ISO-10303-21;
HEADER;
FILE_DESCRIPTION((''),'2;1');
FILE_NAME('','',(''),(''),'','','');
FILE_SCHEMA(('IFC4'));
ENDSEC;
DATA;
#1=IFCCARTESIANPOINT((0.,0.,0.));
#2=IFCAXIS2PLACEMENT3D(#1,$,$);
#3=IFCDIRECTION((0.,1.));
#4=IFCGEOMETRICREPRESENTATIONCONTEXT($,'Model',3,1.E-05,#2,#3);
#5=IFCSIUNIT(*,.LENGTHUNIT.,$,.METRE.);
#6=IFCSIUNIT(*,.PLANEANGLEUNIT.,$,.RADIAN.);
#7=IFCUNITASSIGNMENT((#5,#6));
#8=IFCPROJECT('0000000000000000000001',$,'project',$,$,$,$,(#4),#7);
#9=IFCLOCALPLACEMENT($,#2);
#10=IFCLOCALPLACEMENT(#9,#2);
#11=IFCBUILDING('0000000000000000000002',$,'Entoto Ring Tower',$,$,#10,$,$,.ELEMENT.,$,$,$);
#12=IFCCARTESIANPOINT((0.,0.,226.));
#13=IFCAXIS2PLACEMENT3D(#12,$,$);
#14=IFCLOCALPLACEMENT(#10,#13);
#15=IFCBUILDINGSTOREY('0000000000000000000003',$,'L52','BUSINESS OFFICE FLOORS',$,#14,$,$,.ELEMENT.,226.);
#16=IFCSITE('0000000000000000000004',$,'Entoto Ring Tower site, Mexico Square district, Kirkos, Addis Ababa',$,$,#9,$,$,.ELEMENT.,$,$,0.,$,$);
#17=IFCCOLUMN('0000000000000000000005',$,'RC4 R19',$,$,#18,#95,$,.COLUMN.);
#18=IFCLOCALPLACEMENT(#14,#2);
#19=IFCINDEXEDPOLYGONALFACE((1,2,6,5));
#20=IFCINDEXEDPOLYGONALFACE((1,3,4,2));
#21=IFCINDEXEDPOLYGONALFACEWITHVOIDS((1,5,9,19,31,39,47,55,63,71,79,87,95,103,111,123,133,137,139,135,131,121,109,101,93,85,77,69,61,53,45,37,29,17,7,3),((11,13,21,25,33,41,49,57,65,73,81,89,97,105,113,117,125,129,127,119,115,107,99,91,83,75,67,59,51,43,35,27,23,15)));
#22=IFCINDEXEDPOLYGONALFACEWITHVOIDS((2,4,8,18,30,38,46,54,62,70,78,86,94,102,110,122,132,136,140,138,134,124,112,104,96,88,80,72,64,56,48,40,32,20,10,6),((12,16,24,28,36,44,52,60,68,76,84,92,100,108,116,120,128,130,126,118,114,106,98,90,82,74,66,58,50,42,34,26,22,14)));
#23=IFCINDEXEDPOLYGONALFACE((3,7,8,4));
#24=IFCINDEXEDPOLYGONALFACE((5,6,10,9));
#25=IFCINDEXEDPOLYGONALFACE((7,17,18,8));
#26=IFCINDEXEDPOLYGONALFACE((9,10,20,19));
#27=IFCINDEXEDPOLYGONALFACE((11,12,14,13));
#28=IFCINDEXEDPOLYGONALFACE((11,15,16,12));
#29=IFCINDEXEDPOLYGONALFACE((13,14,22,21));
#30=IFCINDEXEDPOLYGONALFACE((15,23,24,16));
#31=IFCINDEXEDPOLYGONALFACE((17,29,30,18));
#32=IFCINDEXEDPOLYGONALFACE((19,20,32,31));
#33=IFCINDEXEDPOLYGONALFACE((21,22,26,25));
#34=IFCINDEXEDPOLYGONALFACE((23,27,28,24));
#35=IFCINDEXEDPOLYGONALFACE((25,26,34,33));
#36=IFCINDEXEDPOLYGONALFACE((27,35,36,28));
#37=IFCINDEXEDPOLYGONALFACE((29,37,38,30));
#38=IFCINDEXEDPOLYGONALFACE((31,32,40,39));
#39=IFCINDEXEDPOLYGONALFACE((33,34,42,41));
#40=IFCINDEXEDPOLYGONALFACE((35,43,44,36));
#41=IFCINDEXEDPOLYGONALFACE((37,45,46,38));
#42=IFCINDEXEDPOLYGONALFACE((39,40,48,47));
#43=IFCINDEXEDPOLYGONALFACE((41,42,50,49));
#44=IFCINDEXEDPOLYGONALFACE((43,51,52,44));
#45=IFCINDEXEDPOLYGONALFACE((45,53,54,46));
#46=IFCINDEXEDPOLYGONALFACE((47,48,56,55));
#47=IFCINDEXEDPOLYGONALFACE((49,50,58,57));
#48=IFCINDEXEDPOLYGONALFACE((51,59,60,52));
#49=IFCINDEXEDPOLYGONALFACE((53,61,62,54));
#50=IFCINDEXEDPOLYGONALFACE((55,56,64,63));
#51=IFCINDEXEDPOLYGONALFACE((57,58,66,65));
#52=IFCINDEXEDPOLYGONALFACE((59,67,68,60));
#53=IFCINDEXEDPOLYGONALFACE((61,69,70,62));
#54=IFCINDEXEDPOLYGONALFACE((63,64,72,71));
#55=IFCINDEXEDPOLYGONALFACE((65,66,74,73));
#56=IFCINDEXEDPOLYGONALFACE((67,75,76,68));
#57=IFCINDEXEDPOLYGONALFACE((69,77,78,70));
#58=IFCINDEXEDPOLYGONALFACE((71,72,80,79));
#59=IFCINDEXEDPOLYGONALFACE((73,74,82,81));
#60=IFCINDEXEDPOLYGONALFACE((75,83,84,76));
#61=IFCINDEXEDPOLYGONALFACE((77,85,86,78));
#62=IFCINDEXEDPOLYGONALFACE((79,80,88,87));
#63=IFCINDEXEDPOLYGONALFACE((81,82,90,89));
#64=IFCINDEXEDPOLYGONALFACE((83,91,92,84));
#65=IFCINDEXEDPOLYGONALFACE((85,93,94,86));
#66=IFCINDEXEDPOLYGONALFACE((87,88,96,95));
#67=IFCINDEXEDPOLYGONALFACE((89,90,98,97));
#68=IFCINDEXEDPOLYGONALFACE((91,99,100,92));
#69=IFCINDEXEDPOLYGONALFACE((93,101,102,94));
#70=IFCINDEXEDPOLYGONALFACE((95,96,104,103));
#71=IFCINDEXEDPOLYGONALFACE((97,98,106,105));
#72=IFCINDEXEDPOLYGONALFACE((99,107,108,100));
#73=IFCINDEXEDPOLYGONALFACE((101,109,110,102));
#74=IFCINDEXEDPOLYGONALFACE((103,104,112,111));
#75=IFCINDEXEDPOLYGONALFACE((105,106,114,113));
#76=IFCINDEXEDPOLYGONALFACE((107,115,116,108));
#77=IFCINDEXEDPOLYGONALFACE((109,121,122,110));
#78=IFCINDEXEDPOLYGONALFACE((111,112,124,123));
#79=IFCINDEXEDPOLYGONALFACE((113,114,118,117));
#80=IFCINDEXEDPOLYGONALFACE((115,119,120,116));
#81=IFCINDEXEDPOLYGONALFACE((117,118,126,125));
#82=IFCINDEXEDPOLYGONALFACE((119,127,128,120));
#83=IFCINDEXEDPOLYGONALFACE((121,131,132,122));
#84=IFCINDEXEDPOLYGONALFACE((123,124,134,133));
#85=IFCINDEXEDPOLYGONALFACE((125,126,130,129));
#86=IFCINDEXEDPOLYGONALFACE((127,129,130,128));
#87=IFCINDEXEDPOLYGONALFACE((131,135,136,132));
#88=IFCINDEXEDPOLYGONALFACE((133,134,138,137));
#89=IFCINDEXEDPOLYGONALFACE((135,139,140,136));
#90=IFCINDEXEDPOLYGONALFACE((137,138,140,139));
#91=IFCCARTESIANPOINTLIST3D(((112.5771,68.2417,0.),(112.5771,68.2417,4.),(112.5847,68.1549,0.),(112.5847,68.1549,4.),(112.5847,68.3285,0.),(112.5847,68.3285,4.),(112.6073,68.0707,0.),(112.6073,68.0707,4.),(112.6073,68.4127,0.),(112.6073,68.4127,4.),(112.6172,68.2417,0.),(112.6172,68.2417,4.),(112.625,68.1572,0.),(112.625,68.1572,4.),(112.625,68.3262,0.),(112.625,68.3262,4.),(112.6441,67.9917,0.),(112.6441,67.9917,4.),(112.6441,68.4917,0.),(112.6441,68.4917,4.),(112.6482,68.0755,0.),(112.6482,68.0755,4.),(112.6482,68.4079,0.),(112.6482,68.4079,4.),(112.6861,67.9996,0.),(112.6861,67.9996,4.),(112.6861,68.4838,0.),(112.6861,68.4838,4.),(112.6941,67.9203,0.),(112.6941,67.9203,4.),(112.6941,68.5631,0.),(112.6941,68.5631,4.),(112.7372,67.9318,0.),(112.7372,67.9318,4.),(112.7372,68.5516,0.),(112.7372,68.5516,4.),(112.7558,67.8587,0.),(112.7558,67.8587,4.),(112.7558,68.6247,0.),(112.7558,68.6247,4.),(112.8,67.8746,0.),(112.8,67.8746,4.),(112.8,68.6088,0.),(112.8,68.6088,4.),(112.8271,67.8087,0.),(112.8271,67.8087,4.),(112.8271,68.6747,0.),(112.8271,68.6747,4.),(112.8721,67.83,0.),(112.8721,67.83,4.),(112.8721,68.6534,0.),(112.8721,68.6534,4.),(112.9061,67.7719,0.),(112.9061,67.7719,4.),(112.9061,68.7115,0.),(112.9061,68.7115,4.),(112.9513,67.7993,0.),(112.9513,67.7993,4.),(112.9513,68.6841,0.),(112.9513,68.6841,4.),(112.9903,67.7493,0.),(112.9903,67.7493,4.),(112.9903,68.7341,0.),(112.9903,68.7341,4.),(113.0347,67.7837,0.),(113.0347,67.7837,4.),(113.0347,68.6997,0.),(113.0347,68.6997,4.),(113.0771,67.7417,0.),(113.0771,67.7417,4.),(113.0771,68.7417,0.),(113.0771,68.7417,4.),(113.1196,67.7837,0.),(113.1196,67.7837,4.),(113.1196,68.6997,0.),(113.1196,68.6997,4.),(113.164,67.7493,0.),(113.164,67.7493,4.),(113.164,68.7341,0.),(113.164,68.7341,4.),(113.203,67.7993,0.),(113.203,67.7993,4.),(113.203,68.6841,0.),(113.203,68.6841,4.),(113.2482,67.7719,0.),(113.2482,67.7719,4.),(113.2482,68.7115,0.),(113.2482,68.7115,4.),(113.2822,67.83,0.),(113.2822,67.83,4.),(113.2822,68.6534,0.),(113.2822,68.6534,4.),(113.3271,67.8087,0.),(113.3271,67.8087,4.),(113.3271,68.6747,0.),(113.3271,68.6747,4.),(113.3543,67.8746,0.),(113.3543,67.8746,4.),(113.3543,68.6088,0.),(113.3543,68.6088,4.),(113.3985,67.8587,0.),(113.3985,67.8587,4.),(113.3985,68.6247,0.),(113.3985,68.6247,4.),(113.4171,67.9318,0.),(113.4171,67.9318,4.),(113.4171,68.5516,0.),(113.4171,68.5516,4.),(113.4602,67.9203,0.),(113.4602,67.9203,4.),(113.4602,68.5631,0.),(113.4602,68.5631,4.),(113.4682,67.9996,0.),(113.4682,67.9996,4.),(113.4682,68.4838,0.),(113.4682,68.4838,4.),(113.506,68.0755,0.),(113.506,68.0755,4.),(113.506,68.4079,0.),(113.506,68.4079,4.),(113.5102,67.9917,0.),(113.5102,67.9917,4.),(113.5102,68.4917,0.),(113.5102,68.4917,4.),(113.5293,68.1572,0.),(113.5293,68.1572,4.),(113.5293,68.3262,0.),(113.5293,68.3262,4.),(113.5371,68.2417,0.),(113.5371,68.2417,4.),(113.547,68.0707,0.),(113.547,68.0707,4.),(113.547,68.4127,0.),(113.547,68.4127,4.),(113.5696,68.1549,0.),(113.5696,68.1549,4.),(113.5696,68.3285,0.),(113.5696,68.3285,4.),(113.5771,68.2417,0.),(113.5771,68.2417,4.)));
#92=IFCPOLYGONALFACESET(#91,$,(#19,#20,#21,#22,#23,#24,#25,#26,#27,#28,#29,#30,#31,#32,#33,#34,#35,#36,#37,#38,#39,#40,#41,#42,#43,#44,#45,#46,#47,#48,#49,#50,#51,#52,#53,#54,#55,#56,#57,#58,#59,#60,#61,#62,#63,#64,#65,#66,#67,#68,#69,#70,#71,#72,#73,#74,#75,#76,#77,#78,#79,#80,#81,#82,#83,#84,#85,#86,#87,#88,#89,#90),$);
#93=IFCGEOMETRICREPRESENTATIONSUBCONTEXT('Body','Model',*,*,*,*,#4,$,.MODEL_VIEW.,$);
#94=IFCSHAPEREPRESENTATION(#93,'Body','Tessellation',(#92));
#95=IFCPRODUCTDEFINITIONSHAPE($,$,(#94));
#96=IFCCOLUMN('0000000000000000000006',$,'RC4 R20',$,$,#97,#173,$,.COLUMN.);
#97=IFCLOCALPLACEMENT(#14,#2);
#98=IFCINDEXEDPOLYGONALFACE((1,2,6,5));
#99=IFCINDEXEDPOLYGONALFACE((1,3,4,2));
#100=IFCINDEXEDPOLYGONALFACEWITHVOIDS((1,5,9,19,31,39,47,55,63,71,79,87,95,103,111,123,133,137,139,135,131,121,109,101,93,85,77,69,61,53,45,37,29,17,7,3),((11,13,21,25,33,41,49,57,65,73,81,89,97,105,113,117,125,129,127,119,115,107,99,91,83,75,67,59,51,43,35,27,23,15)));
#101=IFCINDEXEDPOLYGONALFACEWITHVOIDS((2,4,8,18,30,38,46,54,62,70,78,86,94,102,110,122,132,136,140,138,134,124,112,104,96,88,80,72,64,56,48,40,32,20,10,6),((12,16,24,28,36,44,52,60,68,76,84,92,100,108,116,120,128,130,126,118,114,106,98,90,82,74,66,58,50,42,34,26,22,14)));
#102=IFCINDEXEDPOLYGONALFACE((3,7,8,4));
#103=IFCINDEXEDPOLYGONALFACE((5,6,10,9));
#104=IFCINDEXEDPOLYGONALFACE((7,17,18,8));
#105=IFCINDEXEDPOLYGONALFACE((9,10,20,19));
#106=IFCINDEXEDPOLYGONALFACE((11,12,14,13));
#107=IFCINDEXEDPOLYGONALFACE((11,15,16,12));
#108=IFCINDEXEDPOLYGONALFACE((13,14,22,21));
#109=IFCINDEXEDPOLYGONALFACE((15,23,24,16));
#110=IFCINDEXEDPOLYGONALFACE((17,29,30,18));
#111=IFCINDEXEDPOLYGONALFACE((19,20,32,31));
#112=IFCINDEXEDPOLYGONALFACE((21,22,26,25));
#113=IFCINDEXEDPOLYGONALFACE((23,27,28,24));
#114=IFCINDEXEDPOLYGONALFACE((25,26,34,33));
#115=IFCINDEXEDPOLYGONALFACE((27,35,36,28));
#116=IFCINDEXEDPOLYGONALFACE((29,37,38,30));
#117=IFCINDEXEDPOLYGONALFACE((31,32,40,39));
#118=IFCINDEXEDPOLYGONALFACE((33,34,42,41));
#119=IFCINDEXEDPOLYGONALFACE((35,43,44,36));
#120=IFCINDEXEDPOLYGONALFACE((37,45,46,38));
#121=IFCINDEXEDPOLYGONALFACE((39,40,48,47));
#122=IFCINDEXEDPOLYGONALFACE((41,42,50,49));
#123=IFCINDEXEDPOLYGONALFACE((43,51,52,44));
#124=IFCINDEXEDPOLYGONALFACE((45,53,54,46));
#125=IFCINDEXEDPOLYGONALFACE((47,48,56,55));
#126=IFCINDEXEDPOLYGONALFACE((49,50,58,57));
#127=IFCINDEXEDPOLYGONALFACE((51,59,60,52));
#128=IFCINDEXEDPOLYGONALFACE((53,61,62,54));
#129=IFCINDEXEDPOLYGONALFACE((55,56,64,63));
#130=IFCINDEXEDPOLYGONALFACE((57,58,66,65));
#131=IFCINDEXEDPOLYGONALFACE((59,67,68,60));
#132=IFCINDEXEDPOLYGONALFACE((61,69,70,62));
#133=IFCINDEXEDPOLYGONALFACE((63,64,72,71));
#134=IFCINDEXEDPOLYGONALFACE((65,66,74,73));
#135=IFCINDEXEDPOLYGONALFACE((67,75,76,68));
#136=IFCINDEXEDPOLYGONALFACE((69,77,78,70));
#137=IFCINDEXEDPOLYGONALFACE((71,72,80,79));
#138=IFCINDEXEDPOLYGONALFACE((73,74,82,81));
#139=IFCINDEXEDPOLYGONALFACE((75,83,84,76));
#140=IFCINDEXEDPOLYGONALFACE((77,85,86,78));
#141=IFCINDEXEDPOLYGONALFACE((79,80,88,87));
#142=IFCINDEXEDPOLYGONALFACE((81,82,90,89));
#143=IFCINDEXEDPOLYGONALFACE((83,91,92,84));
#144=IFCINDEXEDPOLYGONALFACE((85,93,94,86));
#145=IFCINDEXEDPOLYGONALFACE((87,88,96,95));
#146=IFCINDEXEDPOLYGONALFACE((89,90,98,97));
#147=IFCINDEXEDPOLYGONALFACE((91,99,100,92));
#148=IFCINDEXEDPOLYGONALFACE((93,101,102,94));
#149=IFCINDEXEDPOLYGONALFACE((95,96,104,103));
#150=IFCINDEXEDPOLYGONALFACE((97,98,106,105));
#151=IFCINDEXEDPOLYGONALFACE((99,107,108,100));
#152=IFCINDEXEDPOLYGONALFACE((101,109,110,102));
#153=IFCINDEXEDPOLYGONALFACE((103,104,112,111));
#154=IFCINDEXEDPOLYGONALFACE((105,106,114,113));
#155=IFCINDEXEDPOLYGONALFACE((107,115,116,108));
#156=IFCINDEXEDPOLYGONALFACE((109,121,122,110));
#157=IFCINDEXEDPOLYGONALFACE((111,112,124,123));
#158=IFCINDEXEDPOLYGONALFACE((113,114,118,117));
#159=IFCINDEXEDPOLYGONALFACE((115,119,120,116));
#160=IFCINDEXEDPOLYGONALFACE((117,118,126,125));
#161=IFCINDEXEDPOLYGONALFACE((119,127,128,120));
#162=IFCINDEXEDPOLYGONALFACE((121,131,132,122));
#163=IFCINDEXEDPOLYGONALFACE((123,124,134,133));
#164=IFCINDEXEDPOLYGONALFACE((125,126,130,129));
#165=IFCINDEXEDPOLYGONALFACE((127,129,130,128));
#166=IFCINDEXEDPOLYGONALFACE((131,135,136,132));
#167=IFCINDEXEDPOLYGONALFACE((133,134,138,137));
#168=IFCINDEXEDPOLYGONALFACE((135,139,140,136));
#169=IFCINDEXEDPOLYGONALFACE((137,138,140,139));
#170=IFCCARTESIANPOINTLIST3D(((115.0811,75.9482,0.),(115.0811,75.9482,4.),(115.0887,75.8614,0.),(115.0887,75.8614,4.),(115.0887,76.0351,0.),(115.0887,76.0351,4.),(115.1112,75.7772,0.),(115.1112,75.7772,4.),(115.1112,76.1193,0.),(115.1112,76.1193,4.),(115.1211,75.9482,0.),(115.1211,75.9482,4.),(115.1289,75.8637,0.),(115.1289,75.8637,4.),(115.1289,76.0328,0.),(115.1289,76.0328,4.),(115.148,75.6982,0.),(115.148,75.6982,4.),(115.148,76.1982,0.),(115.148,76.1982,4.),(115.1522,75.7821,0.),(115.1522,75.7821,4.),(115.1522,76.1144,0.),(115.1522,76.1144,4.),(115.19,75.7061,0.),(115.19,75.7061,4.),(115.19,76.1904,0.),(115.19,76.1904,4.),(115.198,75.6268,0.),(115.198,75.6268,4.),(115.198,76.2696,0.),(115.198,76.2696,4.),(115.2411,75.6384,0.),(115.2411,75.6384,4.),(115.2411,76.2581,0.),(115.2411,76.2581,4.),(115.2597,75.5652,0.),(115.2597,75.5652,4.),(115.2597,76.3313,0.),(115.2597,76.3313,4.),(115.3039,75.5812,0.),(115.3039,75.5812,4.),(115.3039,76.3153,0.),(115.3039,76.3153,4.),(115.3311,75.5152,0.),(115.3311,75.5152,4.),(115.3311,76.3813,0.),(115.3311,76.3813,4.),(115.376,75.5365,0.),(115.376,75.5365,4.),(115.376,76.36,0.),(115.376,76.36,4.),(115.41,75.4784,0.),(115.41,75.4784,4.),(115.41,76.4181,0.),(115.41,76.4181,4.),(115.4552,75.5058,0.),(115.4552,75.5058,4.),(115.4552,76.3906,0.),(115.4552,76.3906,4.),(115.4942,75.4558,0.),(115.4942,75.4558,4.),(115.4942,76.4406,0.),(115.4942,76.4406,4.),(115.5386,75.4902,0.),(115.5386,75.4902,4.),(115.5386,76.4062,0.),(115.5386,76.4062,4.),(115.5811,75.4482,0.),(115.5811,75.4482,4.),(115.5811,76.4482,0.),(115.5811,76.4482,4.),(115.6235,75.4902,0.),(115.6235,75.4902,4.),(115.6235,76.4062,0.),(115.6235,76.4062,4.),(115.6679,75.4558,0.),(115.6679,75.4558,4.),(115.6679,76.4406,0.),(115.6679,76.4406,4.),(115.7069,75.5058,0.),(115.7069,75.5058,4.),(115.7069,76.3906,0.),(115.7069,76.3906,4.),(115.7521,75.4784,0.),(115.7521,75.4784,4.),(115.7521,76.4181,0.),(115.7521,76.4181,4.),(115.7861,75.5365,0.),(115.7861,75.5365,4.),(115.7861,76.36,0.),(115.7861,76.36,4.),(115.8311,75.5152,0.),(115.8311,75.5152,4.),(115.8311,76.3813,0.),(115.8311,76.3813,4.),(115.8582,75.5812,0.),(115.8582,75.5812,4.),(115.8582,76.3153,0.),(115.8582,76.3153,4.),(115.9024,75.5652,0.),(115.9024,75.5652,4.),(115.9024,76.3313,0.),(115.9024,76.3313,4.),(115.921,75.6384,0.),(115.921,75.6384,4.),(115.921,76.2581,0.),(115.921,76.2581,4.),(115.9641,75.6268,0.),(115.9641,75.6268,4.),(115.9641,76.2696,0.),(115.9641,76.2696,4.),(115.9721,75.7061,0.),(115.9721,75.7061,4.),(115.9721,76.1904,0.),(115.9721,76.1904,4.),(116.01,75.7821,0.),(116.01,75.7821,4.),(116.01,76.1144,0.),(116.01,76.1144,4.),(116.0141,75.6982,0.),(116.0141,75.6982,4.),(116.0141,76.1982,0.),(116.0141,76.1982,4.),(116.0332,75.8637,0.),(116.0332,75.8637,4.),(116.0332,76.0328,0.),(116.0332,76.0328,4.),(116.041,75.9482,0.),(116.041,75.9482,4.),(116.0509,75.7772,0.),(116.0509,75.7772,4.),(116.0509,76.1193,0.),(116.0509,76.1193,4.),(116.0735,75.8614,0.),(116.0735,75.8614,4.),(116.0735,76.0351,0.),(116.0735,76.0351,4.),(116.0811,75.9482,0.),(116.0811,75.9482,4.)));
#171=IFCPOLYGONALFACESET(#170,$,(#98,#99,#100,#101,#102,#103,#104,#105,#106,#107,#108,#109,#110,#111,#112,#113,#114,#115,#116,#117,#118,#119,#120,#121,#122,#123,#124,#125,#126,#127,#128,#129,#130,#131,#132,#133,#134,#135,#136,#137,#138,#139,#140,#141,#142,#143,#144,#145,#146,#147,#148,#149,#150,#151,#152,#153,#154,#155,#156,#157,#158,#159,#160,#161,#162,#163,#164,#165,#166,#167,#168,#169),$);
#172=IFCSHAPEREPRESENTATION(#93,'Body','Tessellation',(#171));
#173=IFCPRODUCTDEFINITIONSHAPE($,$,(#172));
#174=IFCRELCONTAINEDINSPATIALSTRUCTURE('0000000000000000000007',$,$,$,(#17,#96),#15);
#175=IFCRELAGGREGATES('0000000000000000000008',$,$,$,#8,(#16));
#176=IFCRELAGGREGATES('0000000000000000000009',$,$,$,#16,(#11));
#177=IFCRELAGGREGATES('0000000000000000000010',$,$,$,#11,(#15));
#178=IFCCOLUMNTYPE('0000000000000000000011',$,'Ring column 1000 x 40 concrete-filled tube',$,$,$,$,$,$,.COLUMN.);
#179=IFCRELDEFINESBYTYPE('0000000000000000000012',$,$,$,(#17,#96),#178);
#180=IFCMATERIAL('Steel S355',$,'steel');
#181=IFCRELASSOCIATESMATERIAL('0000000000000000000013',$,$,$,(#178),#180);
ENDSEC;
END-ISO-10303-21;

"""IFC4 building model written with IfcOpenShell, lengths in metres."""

from ifc_helpers import new_model, si_unit, direction, frame, origin, origin_2d, place, context, subcontext, project, spatial, circle, hollow_circle, extrude, material, material_profile, profile_set, type_object, element, save


model = new_model("IFC4")

# Units and contexts
model_context = context("Model", 3, precision=1e-05, world=origin(), true_north=direction((0.0, 1.0)))
body_context = subcontext(model_context, "Body", "Model", "MODEL_VIEW")
ifc_project = project(units=[si_unit("LENGTHUNIT", "METRE"), si_unit("PLANEANGLEUNIT", "RADIAN")], contexts=[model_context])

# Site, building, storey
site_placement = place(None, origin())
site = spatial("IfcSite", under=ifc_project, at=site_placement, Name="Entoto Ring Tower site, Mexico Square district, Kirkos, Addis Ababa", CompositionType="ELEMENT", RefElevation=0.0)
building_placement = place(site_placement, origin())
building = spatial("IfcBuilding", under=site, at=building_placement, Name="Entoto Ring Tower", CompositionType="ELEMENT")
storey_placement = place(building_placement, frame((0.0, 0.0, 226.0)))
storey = spatial("IfcBuildingStorey", under=building, at=storey_placement, Name="L52", Description="BUSINESS OFFICE FLOORS", CompositionType="ELEMENT", Elevation=226.0)

# Columns
ifc_material_1 = material(Name="Steel S355", Category="steel")
ifc_material_profile_1 = material_profile(ifc_material_1, hollow_circle(Radius=0.5, WallThickness=0.04, at=origin_2d()), Name="CHS 1000 x 40")
ifc_material_2 = material(Name="Concrete C60/75", Category="concrete")
ifc_material_profile_2 = material_profile(ifc_material_2, circle(Radius=0.46, at=origin_2d()), Name="Concrete C60/75 infill")
ifc_profile_set_1 = profile_set([ifc_material_profile_1, ifc_material_profile_2], Name="Steel S355")
column_type = type_object("IfcColumnType", Name="Ring column 1000 x 40 concrete-filled tube", PredefinedType="COLUMN", material=ifc_profile_set_1)
for number, where, z_axis, x_axis, name in (
    (1, (113.0771, 68.2417, 0.0), (0.0, 0.0, 1.0), (1.0, 0.0, 0.0), "RC4 R19"),
    (2, (115.5811, 75.9482, 0.0), (0.0, 0.0, 1.0), (1.0, 0.0, 0.0), "RC4 R20"),
):
    element("IfcColumn", number, at=place(storey_placement, frame(where, z_axis=z_axis, x_axis=x_axis)), inside=storey, type_object=column_type, Name=name, PredefinedType="COLUMN", context=body_context, shape_type="SweptSolid", body=[
        extrude(hollow_circle(Radius=0.5, WallThickness=0.04, at=origin_2d()), origin(), (0.0, 0.0, 1.0), 4.0),
    ])

save(model, "model.ifc")
